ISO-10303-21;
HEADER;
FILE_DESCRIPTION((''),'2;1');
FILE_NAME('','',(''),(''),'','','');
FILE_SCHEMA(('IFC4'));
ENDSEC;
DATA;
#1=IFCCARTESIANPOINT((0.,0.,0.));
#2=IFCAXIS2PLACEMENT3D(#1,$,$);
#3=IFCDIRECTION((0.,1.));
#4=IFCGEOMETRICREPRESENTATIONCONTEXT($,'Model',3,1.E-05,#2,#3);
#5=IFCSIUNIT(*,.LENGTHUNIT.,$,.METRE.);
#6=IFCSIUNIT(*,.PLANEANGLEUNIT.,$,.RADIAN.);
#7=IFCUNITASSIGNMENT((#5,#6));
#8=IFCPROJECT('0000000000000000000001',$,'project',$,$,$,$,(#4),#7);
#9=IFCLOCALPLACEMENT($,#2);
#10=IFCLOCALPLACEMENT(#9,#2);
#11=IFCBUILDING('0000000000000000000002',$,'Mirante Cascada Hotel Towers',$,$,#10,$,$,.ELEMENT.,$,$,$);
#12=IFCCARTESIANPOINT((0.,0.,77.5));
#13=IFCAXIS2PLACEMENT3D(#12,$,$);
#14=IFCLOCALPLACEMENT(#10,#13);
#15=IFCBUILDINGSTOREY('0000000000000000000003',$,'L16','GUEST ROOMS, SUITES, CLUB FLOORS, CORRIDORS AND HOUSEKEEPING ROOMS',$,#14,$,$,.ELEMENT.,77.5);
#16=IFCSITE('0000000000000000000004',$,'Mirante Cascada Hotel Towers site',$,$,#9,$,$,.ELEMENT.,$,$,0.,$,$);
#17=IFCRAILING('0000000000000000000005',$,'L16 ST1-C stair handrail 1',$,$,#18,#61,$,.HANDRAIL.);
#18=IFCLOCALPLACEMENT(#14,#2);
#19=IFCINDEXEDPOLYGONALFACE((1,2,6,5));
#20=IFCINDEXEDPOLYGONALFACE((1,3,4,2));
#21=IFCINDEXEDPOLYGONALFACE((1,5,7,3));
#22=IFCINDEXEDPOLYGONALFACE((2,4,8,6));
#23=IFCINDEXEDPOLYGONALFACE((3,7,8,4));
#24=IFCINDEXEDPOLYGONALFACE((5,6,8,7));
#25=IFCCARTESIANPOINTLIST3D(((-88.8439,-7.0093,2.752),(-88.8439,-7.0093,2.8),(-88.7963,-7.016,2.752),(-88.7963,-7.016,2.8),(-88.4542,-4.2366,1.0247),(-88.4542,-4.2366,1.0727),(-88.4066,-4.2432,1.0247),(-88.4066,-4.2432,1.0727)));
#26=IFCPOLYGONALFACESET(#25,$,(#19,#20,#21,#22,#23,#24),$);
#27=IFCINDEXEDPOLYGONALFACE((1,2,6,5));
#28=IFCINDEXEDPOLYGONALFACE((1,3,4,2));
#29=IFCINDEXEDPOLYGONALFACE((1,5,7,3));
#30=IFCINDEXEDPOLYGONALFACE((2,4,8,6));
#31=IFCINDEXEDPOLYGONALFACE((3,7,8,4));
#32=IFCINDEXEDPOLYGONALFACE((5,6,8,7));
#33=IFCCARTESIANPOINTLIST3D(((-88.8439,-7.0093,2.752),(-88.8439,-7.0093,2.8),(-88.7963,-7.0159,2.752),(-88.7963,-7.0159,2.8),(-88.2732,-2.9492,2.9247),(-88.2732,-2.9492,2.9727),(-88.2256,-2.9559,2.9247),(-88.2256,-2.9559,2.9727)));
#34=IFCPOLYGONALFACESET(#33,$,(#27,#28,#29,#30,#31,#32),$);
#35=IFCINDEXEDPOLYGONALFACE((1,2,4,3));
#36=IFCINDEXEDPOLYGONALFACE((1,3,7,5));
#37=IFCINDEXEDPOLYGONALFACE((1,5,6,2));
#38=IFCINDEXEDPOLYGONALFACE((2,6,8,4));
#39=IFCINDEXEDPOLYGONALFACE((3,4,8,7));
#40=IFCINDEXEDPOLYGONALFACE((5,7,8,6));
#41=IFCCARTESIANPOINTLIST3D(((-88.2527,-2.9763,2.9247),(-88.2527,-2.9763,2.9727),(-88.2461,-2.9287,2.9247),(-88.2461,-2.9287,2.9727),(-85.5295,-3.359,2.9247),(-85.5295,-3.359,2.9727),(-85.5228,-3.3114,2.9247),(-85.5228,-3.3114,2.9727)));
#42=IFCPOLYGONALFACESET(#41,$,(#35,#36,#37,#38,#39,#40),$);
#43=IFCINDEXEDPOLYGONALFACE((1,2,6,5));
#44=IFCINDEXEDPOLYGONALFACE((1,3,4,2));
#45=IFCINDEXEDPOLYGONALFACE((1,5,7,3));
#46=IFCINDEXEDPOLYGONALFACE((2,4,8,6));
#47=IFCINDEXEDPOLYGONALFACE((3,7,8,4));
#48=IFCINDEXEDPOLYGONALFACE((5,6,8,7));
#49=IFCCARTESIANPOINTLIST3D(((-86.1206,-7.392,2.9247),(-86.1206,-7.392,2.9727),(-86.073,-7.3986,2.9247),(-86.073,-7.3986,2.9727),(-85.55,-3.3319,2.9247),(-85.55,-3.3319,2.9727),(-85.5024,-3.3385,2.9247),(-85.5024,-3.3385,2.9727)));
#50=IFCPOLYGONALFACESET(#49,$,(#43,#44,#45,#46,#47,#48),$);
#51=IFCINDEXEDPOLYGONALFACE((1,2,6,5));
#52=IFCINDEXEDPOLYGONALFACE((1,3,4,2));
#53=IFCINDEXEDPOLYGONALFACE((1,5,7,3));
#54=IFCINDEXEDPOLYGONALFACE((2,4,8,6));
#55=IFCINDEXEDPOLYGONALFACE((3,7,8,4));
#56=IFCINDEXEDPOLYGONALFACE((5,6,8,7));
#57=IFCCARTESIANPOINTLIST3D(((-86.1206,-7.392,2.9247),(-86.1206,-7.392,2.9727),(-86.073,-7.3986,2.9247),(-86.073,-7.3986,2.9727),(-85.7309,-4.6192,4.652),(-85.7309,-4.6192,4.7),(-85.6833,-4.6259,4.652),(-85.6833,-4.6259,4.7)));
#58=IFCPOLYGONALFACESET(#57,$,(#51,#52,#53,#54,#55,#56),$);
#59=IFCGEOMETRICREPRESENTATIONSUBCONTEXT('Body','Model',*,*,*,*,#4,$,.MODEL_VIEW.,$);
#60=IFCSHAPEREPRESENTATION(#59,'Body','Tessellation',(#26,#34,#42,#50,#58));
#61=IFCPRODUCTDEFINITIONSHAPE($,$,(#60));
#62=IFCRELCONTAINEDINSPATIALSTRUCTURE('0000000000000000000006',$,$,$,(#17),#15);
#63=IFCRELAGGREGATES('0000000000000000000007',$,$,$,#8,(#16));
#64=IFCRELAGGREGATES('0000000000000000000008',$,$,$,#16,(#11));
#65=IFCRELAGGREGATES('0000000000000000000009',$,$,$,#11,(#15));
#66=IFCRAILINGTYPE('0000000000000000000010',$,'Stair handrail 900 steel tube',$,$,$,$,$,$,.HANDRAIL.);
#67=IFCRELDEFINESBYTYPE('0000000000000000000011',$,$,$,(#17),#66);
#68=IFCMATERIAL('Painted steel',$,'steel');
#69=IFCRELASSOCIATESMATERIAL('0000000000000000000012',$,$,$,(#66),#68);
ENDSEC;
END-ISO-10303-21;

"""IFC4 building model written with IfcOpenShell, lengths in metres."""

from ifc_helpers import new_model, si_unit, direction, frame, origin, origin_2d, place, context, subcontext, project, spatial, rectangle, extrude, material, type_object, element, save


model = new_model("IFC4")

# Units and contexts
model_context = context("Model", 3, precision=1e-05, world=origin(), true_north=direction((0.0, 1.0)))
body_context = subcontext(model_context, "Body", "Model", "MODEL_VIEW")
ifc_project = project(units=[si_unit("LENGTHUNIT", "METRE"), si_unit("PLANEANGLEUNIT", "RADIAN")], contexts=[model_context])

# Site, building, storey
site_placement = place(None, origin())
site = spatial("IfcSite", under=ifc_project, at=site_placement, Name="Mirante Cascada Hotel Towers site", CompositionType="ELEMENT", RefElevation=0.0)
building_placement = place(site_placement, origin())
building = spatial("IfcBuilding", under=site, at=building_placement, Name="Mirante Cascada Hotel Towers", CompositionType="ELEMENT")
storey_placement = place(building_placement, frame((0.0, 0.0, 77.5)))
storey = spatial("IfcBuildingStorey", under=building, at=storey_placement, Name="L16", Description="GUEST ROOMS, SUITES, CLUB FLOORS, CORRIDORS AND HOUSEKEEPING ROOMS", CompositionType="ELEMENT", Elevation=77.5)

# Railing
ifc_material_1 = material(Name="Painted steel", Category="steel")
railing_type = type_object("IfcRailingType", Name="Stair handrail 900 steel tube", PredefinedType="HANDRAIL", material=ifc_material_1)
railing_placement = place(storey_placement, frame((-88.4304, -4.2399, 0.1727)))
element("IfcRailing", 1, at=railing_placement, inside=storey, type_object=railing_type, Name="L16 ST1-C stair handrail 1", PredefinedType="HANDRAIL", context=body_context, shape_type="SweptSolid", body=[
    extrude(rectangle(XDim=0.048, YDim=0.048, at=origin_2d()), frame((0.0, 0.0, 0.876), z_axis=(-0.139181, -0.990267, 0.0), x_axis=(0.990267, -0.139181, 0.0)), (0.0, 0.525035, 0.851081), 3.2899),
    extrude(rectangle(XDim=0.048, YDim=0.048, at=origin_2d()), frame((-0.3897, -2.7727, 2.6033), z_axis=(0.139195, 0.990265, 0.0), x_axis=(-0.990265, 0.139195, 0.0)), (0.0, 0.042084, 0.999114), 4.1036),
    extrude(rectangle(XDim=0.048, YDim=0.048, at=origin_2d()), frame((0.181, 1.2874, 2.776), z_axis=(0.990269, -0.139166, 0.0), x_axis=(0.139166, 0.990269, 0.0)), (0.0, 0.0, 1.0), 2.75),
    extrude(rectangle(XDim=0.048, YDim=0.048, at=origin_2d()), frame((2.9042, 0.9047, 2.776), z_axis=(-0.139171, -0.990268, 0.0), x_axis=(0.990268, -0.139171, 0.0)), (0.0, 0.0, 1.0), 4.1),
    extrude(rectangle(XDim=0.048, YDim=0.048, at=origin_2d()), frame((2.3336, -3.1554, 2.776), z_axis=(0.139181, 0.990267, 0.0), x_axis=(-0.990267, 0.139181, 0.0)), (0.0, 0.525035, 0.851081), 3.2899),
])

save(model, "model.ifc")
